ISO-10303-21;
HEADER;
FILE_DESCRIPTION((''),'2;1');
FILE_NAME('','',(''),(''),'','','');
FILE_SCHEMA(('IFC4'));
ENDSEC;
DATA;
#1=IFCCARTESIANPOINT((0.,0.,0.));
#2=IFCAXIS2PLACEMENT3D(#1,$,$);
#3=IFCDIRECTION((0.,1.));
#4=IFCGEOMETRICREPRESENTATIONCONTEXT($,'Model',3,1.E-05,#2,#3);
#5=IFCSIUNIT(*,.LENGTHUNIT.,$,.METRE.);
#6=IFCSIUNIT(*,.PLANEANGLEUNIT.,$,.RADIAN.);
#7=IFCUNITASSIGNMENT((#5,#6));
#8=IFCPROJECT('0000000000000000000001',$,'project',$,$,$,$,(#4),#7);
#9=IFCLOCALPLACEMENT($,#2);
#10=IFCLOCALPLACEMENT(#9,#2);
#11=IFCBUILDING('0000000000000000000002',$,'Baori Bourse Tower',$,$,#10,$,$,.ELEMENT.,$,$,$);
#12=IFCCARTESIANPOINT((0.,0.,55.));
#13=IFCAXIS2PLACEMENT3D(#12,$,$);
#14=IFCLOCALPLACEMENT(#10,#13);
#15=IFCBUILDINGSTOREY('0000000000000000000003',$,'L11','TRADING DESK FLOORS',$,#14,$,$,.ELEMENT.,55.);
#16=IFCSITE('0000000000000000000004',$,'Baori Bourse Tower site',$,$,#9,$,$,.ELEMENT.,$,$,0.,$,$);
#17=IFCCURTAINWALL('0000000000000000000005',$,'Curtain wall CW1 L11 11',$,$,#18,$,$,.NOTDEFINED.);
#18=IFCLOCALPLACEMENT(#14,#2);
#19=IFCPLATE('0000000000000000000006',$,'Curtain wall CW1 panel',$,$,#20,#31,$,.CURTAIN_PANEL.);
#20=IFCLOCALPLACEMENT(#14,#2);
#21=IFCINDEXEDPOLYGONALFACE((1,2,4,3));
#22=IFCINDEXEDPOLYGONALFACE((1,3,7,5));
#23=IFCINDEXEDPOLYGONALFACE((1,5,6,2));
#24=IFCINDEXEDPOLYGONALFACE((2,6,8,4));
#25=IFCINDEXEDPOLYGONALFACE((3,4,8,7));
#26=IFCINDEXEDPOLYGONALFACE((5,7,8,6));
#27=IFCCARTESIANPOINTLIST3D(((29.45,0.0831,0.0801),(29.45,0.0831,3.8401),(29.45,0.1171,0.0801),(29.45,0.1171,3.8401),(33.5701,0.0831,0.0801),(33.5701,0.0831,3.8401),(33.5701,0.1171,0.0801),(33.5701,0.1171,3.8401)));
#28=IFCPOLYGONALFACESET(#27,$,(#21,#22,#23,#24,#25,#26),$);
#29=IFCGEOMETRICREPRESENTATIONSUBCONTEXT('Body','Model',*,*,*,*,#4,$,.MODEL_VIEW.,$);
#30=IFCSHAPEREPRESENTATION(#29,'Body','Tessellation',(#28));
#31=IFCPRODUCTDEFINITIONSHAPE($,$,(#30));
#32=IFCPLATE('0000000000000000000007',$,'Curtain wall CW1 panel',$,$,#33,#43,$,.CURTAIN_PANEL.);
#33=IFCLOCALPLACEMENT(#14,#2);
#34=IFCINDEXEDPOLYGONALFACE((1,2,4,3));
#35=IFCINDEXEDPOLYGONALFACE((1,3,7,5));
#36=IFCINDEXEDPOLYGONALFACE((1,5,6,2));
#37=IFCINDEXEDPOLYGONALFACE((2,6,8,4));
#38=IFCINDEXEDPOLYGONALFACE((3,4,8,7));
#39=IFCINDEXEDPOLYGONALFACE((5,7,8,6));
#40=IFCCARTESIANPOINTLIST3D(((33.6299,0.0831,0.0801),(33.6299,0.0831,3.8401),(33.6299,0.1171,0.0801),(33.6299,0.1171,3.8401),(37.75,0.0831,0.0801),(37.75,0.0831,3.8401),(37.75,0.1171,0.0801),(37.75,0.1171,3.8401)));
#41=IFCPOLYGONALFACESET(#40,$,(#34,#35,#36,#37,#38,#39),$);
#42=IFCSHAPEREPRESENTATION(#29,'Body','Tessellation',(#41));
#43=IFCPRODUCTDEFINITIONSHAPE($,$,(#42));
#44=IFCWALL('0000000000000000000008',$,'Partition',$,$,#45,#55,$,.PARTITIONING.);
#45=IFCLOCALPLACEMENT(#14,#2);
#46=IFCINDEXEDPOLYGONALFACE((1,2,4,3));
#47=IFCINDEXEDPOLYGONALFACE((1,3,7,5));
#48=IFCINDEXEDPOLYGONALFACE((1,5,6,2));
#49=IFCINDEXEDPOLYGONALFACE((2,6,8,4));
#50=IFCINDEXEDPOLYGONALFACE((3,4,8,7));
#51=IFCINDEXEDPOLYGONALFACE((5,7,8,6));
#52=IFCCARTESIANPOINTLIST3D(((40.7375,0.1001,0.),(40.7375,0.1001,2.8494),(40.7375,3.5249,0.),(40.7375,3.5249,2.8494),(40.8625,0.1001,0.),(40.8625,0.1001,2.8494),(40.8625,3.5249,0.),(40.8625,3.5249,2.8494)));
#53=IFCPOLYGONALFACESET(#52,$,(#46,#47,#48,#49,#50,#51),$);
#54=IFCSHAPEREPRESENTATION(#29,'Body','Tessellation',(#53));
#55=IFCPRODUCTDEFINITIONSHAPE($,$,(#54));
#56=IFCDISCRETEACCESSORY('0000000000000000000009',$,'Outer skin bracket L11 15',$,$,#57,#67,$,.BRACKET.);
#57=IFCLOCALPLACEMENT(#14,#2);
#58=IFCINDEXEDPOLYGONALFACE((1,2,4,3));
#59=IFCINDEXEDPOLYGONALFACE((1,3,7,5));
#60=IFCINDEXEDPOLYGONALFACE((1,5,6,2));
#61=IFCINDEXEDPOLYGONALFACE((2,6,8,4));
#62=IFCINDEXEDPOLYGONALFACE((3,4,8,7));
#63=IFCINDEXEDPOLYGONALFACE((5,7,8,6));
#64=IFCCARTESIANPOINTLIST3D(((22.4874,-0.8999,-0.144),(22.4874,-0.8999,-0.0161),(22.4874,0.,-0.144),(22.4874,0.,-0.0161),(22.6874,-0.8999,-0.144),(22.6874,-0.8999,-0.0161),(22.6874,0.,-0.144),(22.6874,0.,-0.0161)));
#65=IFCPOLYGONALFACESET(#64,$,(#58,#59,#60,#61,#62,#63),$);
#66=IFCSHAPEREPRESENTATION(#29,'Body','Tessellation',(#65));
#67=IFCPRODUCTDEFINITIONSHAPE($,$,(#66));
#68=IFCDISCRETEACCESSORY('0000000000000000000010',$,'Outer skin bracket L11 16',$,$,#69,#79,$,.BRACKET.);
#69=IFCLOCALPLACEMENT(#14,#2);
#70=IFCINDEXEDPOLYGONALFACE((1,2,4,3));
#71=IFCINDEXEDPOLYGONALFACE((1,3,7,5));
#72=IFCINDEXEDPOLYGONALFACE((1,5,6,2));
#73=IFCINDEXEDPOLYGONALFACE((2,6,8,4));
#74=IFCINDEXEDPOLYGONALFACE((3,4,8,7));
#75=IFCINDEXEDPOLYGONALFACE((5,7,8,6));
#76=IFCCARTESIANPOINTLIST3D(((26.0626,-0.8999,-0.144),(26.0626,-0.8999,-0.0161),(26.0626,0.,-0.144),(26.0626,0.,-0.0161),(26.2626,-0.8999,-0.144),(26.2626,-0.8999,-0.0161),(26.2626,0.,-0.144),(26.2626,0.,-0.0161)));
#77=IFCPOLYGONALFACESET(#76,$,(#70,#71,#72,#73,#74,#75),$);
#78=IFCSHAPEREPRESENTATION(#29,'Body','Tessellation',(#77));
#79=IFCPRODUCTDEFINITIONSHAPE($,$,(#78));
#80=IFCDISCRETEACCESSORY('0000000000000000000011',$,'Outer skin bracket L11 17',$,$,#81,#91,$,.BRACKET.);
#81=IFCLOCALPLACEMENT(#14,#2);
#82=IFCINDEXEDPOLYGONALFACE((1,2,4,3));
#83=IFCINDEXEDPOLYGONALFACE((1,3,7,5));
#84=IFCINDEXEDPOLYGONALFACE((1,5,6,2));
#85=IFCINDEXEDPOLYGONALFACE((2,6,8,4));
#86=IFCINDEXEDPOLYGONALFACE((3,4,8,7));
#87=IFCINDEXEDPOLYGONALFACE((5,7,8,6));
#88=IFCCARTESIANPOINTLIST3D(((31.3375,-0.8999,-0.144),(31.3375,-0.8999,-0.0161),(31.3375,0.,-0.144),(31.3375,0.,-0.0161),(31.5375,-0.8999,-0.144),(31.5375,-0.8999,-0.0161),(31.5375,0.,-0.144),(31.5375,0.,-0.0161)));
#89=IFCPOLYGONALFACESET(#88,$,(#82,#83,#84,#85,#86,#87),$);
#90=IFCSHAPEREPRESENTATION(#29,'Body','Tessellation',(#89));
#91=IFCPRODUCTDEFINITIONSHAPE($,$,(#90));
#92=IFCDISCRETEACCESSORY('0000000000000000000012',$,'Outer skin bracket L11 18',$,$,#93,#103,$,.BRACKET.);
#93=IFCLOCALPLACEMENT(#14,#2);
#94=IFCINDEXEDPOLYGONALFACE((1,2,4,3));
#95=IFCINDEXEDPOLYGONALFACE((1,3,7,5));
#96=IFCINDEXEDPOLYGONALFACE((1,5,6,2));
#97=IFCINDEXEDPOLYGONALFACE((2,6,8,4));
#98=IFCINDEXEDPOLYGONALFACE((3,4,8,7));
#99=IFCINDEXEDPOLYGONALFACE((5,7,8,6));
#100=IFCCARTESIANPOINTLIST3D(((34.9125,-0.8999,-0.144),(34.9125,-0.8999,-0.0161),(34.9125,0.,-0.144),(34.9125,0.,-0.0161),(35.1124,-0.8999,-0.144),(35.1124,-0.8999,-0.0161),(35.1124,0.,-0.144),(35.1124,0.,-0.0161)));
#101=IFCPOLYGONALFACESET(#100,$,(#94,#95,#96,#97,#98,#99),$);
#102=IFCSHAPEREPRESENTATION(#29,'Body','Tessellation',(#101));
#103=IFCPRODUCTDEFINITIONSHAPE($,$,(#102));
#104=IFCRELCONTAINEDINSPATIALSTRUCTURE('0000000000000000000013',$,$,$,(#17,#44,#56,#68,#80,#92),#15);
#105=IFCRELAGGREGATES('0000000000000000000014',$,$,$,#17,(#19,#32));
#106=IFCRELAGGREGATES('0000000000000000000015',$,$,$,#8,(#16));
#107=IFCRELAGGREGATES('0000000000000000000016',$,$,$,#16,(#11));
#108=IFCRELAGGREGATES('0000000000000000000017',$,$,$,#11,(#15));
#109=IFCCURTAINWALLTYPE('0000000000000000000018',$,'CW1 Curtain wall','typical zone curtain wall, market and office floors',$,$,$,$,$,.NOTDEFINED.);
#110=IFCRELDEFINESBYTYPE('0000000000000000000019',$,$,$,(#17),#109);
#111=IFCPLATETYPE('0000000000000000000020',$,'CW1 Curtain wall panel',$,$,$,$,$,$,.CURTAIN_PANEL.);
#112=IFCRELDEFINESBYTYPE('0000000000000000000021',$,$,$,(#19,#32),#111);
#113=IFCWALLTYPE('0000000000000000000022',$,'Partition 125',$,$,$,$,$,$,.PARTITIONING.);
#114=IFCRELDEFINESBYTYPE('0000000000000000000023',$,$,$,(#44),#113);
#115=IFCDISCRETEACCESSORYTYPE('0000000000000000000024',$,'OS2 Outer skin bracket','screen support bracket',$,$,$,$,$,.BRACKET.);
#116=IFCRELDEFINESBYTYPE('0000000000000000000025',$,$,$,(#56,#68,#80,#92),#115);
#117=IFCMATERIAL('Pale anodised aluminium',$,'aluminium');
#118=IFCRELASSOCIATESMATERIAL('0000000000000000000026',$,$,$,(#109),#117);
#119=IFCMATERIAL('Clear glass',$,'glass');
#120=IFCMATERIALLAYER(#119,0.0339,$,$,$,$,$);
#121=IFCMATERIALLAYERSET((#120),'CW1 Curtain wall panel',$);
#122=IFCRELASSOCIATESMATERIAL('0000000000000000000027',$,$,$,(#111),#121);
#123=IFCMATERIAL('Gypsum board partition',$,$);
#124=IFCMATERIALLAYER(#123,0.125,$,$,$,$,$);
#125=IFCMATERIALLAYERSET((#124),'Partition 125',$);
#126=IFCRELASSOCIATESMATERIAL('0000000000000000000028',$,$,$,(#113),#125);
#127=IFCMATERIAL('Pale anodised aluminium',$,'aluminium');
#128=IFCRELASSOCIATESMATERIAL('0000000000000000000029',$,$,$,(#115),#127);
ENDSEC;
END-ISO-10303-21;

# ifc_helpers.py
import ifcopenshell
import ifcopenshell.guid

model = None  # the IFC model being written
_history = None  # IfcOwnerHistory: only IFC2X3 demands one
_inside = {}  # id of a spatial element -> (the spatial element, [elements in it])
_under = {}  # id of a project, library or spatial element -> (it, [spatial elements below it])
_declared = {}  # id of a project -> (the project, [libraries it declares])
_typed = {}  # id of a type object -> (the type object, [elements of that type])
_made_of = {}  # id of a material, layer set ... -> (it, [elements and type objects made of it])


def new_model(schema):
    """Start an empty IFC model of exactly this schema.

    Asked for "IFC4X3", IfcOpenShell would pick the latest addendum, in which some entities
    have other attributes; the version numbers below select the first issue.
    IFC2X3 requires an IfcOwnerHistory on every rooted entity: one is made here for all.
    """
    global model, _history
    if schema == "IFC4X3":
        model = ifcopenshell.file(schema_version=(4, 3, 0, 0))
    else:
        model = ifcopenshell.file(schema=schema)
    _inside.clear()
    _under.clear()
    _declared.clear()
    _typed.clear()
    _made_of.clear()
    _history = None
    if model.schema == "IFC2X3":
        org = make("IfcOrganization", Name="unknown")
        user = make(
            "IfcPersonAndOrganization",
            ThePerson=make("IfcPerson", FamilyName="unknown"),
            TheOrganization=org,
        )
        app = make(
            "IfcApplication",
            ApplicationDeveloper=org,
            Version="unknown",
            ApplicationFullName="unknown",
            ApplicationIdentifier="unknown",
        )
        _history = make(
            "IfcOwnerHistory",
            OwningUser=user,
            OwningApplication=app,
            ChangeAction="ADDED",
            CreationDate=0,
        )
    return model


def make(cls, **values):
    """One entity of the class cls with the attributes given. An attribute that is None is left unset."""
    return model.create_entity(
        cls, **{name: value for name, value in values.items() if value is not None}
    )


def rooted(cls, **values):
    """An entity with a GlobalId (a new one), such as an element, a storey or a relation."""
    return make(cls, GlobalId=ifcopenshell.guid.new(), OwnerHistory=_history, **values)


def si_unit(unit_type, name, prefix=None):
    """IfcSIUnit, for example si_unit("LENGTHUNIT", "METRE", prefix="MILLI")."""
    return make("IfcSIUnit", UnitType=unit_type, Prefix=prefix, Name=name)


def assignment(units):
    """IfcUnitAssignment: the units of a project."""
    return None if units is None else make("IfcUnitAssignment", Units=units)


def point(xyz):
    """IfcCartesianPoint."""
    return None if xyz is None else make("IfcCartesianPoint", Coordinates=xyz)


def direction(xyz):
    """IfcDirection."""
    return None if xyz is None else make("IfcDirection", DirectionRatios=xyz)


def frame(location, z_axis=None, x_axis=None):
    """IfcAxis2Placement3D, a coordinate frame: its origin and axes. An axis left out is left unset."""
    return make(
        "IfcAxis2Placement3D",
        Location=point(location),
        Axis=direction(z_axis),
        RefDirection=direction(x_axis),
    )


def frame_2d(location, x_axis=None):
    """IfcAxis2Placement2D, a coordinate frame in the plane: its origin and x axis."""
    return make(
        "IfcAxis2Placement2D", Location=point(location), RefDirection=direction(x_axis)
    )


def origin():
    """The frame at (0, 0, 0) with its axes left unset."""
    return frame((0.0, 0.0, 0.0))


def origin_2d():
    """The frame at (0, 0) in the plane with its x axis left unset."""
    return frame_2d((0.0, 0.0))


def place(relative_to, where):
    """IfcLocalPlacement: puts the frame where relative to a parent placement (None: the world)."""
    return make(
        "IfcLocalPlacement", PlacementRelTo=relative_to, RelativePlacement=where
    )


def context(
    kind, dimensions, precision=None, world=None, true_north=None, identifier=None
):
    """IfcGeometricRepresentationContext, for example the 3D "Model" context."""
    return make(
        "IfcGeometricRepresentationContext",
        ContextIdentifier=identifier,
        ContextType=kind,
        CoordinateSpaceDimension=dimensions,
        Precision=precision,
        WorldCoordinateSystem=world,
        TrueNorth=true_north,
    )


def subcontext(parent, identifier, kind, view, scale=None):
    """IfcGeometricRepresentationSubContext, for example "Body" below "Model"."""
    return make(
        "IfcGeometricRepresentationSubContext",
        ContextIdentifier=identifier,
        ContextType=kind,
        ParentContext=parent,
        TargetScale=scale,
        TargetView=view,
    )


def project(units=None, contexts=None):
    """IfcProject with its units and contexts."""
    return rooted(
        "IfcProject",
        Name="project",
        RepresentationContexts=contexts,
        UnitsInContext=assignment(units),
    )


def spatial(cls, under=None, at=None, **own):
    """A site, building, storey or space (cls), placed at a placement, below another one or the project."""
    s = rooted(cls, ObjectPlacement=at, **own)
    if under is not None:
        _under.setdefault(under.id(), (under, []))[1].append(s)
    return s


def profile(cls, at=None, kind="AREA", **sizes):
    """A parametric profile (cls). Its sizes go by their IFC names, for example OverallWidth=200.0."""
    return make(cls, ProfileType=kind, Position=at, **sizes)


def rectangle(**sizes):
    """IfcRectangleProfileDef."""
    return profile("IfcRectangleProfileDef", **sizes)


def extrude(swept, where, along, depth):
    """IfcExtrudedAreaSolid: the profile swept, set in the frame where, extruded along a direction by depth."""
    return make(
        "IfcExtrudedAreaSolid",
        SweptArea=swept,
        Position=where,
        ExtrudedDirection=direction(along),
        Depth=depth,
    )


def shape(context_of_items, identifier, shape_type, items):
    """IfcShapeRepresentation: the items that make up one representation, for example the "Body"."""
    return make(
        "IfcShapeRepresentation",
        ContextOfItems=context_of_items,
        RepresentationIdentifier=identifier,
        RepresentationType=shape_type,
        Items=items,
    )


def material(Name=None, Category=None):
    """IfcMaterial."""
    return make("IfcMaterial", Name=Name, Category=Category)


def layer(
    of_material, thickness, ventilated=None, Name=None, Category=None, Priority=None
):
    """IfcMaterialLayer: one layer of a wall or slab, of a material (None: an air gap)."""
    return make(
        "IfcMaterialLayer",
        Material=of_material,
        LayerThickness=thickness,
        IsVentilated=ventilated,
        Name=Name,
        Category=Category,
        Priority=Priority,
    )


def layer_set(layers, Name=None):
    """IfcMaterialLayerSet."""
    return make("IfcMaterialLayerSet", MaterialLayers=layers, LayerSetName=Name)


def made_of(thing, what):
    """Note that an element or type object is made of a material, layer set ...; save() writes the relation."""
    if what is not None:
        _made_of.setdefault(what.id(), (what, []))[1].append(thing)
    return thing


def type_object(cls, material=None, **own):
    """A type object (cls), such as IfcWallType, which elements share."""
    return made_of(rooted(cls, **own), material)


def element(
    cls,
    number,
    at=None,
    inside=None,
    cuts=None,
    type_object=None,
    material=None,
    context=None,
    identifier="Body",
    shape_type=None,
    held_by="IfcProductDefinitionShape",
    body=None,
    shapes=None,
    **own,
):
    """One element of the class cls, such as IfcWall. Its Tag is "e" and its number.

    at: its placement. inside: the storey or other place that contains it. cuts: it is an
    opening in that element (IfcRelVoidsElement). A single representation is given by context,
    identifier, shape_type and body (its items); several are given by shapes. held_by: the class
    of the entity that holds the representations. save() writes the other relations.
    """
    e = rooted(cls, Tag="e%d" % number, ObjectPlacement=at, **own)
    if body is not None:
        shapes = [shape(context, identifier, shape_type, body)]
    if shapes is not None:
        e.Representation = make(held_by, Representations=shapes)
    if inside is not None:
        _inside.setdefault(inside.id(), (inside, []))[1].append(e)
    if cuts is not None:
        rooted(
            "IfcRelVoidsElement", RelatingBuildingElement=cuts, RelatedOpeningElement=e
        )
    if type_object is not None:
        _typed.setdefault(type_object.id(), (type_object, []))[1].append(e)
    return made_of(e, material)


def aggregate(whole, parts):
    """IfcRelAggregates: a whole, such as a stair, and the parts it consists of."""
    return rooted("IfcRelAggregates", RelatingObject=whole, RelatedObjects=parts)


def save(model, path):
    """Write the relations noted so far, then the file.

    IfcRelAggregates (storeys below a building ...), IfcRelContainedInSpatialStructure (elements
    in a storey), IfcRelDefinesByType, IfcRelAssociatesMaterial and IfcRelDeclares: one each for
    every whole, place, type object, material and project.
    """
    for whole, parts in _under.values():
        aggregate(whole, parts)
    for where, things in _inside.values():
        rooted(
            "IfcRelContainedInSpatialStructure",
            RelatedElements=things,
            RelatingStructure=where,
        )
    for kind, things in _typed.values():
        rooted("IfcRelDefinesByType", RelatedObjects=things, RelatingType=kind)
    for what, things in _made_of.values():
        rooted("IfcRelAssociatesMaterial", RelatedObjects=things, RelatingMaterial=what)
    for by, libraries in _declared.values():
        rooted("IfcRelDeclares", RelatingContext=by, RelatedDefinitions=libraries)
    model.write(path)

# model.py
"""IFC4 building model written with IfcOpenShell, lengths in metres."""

from ifc_helpers import new_model, si_unit, direction, frame, frame_2d, origin, origin_2d, place, context, subcontext, project, spatial, rectangle, extrude, material, layer, layer_set, type_object, element, aggregate, save


model = new_model("IFC4")

# Units and contexts
model_context = context("Model", 3, precision=1e-05, world=origin(), true_north=direction((0.0, 1.0)))
body_context = subcontext(model_context, "Body", "Model", "MODEL_VIEW")
ifc_project = project(units=[si_unit("LENGTHUNIT", "METRE"), si_unit("PLANEANGLEUNIT", "RADIAN")], contexts=[model_context])

# Site, building, storey
site_placement = place(None, origin())
site = spatial("IfcSite", under=ifc_project, at=site_placement, Name="Baori Bourse Tower site", CompositionType="ELEMENT", RefElevation=0.0)
building_placement = place(site_placement, origin())
building = spatial("IfcBuilding", under=site, at=building_placement, Name="Baori Bourse Tower", CompositionType="ELEMENT")
storey_placement = place(building_placement, frame((0.0, 0.0, 55.0)))
storey = spatial("IfcBuildingStorey", under=building, at=storey_placement, Name="L11", Description="TRADING DESK FLOORS", CompositionType="ELEMENT", Elevation=55.0)

# Curtain wall
ifc_material_1 = material(Name="Pale anodised aluminium", Category="aluminium")
curtain_wall_type = type_object("IfcCurtainWallType", Name="CW1 Curtain wall", Description="typical zone curtain wall, market and office floors", PredefinedType="NOTDEFINED", material=ifc_material_1)
curtain_wall_placement = place(storey_placement, origin())
curtain_wall = element("IfcCurtainWall", 1, at=curtain_wall_placement, inside=storey, type_object=curtain_wall_type, Name="Curtain wall CW1 L11 11", PredefinedType="NOTDEFINED")

# Plates
ifc_material_2 = material(Name="Clear glass", Category="glass")
ifc_layer_1 = layer(ifc_material_2, 0.0339)
ifc_layer_set_1 = layer_set([ifc_layer_1], Name="CW1 Curtain wall panel")
plate_type = type_object("IfcPlateType", Name="CW1 Curtain wall panel", PredefinedType="CURTAIN_PANEL", material=ifc_layer_set_1)
plate_1_placement = place(storey_placement, frame((31.51, 0.1001, 0.0801), z_axis=(0.0, 0.0, 1.0), x_axis=(1.0, 0.0, 0.0)))
plate_1 = element("IfcPlate", 2, at=plate_1_placement, type_object=plate_type, Name="Curtain wall CW1 panel", PredefinedType="CURTAIN_PANEL", context=body_context, shape_type="SweptSolid", body=[
    extrude(rectangle(XDim=4.1201, YDim=0.0339, at=origin_2d()), origin(), (0.0, 0.0, 1.0), 3.76),
])
plate_2_placement = place(storey_placement, frame((35.6899, 0.1001, 0.0801), z_axis=(0.0, 0.0, 1.0), x_axis=(1.0, 0.0, 0.0)))
plate_2 = element("IfcPlate", 3, at=plate_2_placement, type_object=plate_type, Name="Curtain wall CW1 panel", PredefinedType="CURTAIN_PANEL", context=body_context, shape_type="SweptSolid", body=[
    extrude(rectangle(XDim=4.1201, YDim=0.0339, at=origin_2d()), origin(), (0.0, 0.0, 1.0), 3.76),
])
aggregate(curtain_wall, [plate_1, plate_2])

# Wall
ifc_material_3 = material(Name="Gypsum board partition")
ifc_layer_2 = layer(ifc_material_3, 0.125)
ifc_layer_set_2 = layer_set([ifc_layer_2], Name="Partition 125")
wall_type = type_object("IfcWallType", Name="Partition 125", PredefinedType="PARTITIONING", material=ifc_layer_set_2)
wall_placement = place(storey_placement, frame((40.8, 0.1001, 0.0), z_axis=(0.0, 0.0, 1.0), x_axis=(0.0, 1.0, 0.0)))
element("IfcWall", 4, at=wall_placement, inside=storey, type_object=wall_type, Name="Partition", PredefinedType="PARTITIONING", context=body_context, shape_type="SweptSolid", body=[
    extrude(rectangle(XDim=3.4248, YDim=0.125, at=frame_2d((1.7124, 0.0))), origin(), (0.0, 0.0, 1.0), 2.8494),
])

# Discrete accessories
ifc_material_4 = material(Name="Pale anodised aluminium", Category="aluminium")
discrete_accessory_type = type_object("IfcDiscreteAccessoryType", Name="OS2 Outer skin bracket", Description="screen support bracket", PredefinedType="BRACKET", material=ifc_material_4)
for number, where, z_axis, x_axis, name in (
    (5, (22.5874, -0.45, -0.144), (0.0, 0.0, 1.0), (1.0, 0.0, 0.0), "Outer skin bracket L11 15"),
    (6, (26.1626, -0.45, -0.144), (0.0, 0.0, 1.0), (1.0, 0.0, 0.0), "Outer skin bracket L11 16"),
    (7, (31.4375, -0.45, -0.144), (0.0, 0.0, 1.0), (1.0, 0.0, 0.0), "Outer skin bracket L11 17"),
    (8, (35.0125, -0.45, -0.144), (0.0, 0.0, 1.0), (1.0, 0.0, 0.0), "Outer skin bracket L11 18"),
):
    element("IfcDiscreteAccessory", number, at=place(storey_placement, frame(where, z_axis=z_axis, x_axis=x_axis)), inside=storey, type_object=discrete_accessory_type, Name=name, PredefinedType="BRACKET", context=body_context, shape_type="SweptSolid", body=[
        extrude(rectangle(XDim=0.2, YDim=0.8999, at=origin_2d()), origin(), (0.0, 0.0, 1.0), 0.1279),
    ])

save(model, "model.ifc")
